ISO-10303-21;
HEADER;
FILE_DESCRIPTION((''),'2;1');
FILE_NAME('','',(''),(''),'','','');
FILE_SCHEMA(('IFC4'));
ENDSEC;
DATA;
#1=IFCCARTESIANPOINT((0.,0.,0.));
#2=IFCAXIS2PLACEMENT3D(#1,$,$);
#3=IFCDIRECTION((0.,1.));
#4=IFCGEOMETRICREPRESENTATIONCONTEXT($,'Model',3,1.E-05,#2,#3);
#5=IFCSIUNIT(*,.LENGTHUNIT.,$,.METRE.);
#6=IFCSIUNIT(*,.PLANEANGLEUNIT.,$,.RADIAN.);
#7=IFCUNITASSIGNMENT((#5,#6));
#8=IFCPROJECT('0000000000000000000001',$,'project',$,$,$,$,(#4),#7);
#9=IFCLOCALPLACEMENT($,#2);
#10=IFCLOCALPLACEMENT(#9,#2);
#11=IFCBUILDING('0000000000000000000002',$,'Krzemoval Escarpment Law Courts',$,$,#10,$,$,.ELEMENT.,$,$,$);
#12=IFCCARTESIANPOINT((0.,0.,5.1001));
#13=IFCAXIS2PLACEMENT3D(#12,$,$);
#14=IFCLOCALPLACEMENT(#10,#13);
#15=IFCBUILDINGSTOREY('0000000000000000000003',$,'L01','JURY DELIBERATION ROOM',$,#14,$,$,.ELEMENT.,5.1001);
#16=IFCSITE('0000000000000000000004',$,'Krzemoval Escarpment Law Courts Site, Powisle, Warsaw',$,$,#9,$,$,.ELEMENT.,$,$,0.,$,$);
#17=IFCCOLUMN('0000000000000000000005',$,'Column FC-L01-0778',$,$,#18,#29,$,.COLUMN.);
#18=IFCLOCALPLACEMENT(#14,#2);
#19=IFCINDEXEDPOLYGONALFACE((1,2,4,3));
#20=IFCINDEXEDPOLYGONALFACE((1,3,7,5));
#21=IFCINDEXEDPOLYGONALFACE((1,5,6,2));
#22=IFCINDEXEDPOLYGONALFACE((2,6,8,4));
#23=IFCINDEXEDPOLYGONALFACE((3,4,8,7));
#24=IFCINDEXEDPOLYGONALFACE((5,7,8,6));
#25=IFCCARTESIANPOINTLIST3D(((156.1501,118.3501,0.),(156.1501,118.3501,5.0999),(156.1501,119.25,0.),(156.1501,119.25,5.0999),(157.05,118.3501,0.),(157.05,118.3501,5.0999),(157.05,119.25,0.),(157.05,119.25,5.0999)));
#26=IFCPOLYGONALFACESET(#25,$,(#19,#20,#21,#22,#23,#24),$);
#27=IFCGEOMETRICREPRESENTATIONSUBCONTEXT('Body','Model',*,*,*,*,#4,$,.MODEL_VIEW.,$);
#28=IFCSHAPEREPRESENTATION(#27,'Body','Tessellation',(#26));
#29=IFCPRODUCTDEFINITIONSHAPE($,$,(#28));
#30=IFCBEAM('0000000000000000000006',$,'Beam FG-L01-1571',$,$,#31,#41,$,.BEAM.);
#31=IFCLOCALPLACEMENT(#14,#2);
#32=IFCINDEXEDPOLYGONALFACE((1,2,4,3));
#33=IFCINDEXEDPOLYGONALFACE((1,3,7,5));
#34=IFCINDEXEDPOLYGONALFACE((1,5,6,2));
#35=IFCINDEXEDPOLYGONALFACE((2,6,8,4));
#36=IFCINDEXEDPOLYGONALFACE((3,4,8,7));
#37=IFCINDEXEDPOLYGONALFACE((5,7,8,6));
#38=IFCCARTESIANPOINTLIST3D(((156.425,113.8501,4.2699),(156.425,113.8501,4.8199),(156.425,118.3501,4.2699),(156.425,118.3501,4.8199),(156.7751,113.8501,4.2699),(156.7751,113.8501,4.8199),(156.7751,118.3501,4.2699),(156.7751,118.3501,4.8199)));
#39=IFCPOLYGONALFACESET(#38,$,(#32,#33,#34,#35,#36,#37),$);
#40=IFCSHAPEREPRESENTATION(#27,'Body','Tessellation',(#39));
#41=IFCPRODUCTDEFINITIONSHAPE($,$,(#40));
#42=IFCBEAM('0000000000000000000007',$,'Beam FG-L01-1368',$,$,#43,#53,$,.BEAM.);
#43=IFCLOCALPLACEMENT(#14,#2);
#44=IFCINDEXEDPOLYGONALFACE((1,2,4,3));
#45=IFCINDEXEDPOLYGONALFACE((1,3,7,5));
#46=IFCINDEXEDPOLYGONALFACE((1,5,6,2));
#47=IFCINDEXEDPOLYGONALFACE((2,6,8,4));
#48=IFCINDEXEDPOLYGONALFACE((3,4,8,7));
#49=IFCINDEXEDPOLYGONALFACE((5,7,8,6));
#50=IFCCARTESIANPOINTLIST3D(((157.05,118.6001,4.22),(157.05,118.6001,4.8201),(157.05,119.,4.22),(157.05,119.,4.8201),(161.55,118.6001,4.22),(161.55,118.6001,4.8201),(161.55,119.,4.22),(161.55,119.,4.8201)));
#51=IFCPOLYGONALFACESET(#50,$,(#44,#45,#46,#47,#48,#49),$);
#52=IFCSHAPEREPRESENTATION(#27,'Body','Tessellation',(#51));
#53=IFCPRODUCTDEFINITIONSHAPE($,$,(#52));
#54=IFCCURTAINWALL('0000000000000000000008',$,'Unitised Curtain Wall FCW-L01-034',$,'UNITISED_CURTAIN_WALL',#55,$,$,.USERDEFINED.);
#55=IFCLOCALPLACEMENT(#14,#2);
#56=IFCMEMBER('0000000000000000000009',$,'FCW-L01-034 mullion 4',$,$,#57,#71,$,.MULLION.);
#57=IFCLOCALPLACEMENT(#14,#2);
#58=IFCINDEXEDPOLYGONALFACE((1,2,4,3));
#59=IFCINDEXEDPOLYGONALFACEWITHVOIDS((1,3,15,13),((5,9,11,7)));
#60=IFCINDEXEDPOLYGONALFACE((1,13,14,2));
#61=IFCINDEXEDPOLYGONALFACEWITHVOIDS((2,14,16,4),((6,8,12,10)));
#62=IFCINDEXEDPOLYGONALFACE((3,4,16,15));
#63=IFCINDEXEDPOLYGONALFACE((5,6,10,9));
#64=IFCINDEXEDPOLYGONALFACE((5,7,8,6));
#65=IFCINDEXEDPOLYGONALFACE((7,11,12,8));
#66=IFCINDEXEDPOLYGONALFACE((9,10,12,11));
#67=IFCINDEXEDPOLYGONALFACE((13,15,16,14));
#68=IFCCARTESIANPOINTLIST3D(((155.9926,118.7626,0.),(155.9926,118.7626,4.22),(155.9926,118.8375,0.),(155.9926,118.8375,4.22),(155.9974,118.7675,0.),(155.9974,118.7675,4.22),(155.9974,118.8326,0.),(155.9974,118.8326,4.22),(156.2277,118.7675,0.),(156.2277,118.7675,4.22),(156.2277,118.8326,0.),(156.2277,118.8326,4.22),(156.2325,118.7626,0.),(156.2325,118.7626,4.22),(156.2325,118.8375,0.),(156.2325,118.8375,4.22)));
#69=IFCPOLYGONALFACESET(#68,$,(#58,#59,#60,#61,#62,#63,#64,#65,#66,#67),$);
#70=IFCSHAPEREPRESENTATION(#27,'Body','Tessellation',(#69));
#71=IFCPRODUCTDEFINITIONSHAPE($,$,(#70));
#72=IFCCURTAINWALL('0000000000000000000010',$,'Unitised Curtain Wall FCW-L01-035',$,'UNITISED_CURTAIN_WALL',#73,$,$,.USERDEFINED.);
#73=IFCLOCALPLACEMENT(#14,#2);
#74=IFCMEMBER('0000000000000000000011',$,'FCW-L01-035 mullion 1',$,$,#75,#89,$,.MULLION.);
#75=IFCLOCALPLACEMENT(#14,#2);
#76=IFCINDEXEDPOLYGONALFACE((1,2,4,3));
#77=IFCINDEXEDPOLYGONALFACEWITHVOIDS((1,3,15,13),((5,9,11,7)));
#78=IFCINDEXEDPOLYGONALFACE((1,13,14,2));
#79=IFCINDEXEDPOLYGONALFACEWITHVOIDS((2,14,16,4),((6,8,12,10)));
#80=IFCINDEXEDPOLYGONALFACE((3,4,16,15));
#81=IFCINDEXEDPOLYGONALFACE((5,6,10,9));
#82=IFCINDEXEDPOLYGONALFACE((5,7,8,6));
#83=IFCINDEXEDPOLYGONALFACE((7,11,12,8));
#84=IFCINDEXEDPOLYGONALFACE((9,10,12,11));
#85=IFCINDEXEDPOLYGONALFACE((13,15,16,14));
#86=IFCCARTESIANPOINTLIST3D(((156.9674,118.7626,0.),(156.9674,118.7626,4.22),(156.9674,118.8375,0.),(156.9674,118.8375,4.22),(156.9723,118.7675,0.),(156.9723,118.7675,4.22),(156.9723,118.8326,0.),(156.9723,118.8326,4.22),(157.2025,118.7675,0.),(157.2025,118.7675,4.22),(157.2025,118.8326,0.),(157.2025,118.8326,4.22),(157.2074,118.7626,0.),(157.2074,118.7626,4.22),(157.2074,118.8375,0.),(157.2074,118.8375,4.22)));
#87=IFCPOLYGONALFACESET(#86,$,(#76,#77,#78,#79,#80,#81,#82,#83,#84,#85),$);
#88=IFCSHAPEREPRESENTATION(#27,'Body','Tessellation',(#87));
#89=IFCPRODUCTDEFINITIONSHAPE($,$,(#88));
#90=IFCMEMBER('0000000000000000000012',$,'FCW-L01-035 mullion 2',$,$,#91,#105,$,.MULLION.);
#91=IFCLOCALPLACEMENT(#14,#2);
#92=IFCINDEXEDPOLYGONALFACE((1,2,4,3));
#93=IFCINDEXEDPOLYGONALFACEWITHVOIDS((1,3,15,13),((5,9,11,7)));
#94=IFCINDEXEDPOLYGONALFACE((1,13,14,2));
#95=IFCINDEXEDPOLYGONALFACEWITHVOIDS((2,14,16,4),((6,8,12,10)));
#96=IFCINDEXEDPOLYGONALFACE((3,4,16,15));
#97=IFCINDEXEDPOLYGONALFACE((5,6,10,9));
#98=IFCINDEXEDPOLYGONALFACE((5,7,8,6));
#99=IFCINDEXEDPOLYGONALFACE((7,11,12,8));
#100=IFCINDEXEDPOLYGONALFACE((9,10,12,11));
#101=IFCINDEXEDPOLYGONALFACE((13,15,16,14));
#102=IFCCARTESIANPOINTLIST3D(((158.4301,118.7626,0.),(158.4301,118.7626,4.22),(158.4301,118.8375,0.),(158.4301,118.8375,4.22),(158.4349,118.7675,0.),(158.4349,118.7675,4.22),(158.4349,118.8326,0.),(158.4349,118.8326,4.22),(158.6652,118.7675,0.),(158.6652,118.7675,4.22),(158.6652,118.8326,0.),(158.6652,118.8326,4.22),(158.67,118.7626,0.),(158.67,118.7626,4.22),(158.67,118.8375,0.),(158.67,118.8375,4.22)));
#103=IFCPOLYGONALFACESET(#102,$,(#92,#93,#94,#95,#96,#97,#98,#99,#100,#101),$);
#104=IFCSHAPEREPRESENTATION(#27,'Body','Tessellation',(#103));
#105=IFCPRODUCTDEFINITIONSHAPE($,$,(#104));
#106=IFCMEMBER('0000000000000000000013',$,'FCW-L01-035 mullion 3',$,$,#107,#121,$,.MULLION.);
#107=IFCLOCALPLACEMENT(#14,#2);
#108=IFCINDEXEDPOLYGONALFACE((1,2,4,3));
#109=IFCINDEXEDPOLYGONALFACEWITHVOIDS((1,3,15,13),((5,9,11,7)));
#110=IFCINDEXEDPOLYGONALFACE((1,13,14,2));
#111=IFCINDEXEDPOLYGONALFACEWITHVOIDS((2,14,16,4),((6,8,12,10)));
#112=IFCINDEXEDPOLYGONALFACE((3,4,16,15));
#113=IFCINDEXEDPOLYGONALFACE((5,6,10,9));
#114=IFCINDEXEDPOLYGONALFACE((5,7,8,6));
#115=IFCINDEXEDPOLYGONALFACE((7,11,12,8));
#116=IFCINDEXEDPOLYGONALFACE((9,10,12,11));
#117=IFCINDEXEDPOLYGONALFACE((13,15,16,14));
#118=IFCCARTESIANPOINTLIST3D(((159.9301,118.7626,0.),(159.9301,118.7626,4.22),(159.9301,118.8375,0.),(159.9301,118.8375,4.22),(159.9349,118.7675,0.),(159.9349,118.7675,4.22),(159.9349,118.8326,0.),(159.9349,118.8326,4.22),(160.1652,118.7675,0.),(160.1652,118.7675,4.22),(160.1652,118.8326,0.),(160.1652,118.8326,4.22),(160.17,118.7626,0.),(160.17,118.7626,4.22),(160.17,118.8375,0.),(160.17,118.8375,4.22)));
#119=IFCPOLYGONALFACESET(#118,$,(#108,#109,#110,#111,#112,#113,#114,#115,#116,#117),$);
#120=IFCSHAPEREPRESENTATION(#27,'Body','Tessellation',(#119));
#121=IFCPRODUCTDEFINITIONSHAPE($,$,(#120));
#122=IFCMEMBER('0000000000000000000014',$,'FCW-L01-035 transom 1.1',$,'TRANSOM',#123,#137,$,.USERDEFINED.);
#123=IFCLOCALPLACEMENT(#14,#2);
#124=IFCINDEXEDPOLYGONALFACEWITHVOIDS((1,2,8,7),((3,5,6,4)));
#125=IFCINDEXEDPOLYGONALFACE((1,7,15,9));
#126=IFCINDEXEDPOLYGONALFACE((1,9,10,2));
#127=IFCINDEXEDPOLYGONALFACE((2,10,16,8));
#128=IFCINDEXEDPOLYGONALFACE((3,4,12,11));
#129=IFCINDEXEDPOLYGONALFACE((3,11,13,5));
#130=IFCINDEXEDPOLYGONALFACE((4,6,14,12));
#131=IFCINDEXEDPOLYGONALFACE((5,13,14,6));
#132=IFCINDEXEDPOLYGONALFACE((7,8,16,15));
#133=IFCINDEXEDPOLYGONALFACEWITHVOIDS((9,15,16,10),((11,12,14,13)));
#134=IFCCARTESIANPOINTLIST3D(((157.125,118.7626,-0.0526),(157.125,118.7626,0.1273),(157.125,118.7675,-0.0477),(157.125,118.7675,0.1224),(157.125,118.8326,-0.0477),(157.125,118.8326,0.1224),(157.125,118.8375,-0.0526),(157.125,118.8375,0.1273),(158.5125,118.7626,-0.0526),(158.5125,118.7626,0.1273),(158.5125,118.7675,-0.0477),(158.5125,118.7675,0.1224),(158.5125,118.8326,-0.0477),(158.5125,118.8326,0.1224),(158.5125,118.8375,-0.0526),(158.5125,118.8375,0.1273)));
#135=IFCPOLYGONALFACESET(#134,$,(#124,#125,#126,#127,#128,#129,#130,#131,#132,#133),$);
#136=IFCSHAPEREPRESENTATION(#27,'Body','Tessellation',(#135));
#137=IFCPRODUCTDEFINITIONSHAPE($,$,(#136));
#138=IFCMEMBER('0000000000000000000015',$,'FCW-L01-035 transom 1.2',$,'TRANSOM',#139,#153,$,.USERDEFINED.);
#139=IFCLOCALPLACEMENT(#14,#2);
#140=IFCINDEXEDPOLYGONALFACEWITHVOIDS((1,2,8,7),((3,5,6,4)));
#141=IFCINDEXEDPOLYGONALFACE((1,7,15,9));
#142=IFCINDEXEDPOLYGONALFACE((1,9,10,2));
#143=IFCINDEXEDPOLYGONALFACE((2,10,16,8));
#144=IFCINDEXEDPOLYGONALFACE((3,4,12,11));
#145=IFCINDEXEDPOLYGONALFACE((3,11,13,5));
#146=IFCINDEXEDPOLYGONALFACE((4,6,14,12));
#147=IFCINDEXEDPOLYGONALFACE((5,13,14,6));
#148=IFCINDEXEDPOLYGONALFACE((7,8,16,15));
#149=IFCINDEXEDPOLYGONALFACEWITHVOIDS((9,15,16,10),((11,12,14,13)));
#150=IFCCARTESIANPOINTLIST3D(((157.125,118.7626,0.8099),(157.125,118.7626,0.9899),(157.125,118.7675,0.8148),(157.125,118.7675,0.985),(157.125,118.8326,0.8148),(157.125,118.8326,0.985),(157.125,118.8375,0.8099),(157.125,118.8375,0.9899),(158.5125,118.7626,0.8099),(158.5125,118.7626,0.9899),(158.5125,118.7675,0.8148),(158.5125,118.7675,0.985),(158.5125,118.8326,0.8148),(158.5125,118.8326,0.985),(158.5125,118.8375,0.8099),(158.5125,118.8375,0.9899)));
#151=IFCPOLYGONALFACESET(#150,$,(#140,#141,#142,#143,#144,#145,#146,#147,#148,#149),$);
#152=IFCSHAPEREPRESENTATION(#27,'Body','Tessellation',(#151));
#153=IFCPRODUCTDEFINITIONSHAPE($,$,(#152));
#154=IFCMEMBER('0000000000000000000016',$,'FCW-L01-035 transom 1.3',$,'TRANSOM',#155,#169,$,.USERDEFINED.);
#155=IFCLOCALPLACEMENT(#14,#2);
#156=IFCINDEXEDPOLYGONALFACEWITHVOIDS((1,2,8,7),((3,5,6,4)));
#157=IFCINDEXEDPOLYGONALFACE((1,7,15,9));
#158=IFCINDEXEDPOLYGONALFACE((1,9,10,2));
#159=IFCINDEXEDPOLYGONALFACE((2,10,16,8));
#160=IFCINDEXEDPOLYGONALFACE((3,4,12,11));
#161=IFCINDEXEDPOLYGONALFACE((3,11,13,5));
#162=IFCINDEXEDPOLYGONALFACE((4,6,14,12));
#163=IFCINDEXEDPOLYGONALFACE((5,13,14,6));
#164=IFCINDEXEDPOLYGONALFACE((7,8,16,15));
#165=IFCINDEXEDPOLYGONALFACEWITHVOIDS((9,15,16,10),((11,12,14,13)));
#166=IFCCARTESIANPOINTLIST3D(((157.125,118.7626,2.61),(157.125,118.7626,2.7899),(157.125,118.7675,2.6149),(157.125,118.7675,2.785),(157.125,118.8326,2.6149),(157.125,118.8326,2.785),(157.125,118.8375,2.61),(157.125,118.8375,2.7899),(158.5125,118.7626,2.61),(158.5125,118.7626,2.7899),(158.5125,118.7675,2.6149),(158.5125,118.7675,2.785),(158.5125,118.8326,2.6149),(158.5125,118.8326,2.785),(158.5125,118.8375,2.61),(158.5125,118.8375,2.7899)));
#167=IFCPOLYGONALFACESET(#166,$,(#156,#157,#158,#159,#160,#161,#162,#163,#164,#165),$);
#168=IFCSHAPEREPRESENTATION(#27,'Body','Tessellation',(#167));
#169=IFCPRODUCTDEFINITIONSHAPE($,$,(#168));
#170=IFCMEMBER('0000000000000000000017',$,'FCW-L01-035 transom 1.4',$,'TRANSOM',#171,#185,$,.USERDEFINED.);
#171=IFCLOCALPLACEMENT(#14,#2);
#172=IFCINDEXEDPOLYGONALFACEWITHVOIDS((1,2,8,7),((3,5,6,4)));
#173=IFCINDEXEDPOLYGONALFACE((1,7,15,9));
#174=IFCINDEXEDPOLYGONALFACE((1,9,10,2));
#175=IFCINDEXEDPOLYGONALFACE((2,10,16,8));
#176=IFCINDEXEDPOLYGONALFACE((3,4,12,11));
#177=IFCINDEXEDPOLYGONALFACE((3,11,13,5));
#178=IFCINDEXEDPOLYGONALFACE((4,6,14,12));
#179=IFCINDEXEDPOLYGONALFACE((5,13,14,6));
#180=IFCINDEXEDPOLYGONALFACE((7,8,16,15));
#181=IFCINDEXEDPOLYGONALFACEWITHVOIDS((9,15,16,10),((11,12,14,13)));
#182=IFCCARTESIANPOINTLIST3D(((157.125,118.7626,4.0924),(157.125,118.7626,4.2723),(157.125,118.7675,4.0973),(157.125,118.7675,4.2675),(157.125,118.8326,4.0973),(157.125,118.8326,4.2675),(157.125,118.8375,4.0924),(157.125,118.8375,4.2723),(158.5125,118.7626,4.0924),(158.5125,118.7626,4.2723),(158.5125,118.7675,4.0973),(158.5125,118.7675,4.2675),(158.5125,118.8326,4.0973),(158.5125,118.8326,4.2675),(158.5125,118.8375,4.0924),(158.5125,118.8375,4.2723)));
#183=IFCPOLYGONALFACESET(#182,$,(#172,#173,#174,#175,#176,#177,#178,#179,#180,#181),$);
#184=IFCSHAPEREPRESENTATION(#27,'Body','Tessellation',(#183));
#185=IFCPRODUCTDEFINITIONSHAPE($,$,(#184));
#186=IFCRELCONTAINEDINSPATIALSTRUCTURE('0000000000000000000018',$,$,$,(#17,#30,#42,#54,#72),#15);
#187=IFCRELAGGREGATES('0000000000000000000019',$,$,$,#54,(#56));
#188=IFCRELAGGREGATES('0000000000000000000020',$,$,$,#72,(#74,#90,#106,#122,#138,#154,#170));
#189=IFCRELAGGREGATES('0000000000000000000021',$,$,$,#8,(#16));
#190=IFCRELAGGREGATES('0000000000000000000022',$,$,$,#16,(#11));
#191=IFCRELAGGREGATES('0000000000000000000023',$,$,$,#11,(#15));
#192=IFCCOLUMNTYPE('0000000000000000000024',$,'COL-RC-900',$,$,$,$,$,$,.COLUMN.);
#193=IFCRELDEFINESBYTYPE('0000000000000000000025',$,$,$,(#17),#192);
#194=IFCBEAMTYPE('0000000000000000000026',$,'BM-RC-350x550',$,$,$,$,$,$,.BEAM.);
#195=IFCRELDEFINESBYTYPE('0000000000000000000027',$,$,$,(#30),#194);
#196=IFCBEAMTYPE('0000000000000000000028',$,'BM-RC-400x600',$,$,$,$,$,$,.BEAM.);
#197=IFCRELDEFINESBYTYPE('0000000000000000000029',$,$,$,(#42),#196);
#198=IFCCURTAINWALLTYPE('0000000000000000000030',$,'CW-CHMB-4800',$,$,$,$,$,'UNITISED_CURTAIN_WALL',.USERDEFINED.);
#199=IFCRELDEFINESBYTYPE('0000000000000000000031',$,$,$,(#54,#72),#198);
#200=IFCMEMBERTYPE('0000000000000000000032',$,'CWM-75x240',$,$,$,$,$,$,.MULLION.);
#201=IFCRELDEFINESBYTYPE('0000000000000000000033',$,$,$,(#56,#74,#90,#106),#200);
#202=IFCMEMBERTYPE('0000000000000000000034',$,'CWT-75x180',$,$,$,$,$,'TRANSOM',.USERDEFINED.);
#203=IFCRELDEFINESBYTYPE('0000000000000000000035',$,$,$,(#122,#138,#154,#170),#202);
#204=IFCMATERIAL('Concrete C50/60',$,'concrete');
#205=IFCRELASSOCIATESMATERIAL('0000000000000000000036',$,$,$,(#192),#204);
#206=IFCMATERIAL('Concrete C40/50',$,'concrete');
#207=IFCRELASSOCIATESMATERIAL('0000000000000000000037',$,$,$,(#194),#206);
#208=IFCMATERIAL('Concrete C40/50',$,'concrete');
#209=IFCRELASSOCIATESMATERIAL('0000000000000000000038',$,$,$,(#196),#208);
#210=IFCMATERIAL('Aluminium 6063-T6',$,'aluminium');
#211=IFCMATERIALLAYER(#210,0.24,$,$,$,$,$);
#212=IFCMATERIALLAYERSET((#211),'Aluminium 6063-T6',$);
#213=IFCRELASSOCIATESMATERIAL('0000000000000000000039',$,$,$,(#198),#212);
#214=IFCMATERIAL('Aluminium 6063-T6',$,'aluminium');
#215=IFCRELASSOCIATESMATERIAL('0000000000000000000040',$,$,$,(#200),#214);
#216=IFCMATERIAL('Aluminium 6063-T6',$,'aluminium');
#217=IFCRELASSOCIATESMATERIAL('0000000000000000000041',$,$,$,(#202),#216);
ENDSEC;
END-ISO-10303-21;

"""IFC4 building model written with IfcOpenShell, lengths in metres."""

from ifc_helpers import new_model, si_unit, direction, frame, origin, origin_2d, place, context, subcontext, project, spatial, rectangle, hollow_rectangle, extrude, material, layer, layer_set, material_profile, profile_set, type_object, element, aggregate, save


model = new_model("IFC4")

# Units and contexts
model_context = context("Model", 3, precision=1e-05, world=origin(), true_north=direction((0.0, 1.0)))
body_context = subcontext(model_context, "Body", "Model", "MODEL_VIEW")
ifc_project = project(units=[si_unit("LENGTHUNIT", "METRE"), si_unit("PLANEANGLEUNIT", "RADIAN")], contexts=[model_context])

# Site, building, storey
site_placement = place(None, origin())
site = spatial("IfcSite", under=ifc_project, at=site_placement, Name="Krzemoval Escarpment Law Courts Site, Powisle, Warsaw", CompositionType="ELEMENT", RefElevation=0.0)
building_placement = place(site_placement, origin())
building = spatial("IfcBuilding", under=site, at=building_placement, Name="Krzemoval Escarpment Law Courts", CompositionType="ELEMENT")
storey_placement = place(building_placement, frame((0.0, 0.0, 5.1001)))
storey = spatial("IfcBuildingStorey", under=building, at=storey_placement, Name="L01", Description="JURY DELIBERATION ROOM", CompositionType="ELEMENT", Elevation=5.1001)

# Column
ifc_material_1 = material(Name="Concrete C50/60", Category="concrete")
ifc_material_profile_1 = material_profile(ifc_material_1, rectangle(XDim=0.8999, YDim=0.8999, at=origin_2d()), Name="RC 900x900")
ifc_profile_set_1 = profile_set([ifc_material_profile_1], Name="Concrete C50/60")
column_type = type_object("IfcColumnType", Name="COL-RC-900", PredefinedType="COLUMN", material=ifc_profile_set_1)
column_placement = place(storey_placement, frame((156.6001, 118.8, 0.0), z_axis=(0.0, 0.0, 1.0), x_axis=(1.0, 0.0, 0.0)))
element("IfcColumn", 1, at=column_placement, inside=storey, type_object=column_type, Name="Column FC-L01-0778", PredefinedType="COLUMN", context=body_context, shape_type="SweptSolid", body=[
    extrude(rectangle(XDim=0.8999, YDim=0.8999, at=origin_2d()), origin(), (0.0, 0.0, 1.0), 5.0999),
])

# Beams
ifc_material_2 = material(Name="Concrete C40/50", Category="concrete")
ifc_material_profile_2 = material_profile(ifc_material_2, rectangle(XDim=0.3501, YDim=0.55, at=origin_2d()), Name="RCB 350x550")
ifc_profile_set_2 = profile_set([ifc_material_profile_2], Name="Concrete C40/50")
beam_type_1 = type_object("IfcBeamType", Name="BM-RC-350x550", PredefinedType="BEAM", material=ifc_profile_set_2)
beam_1_placement = place(storey_placement, frame((156.6001, 113.8501, 4.5449), z_axis=(0.0, 1.0, 0.0), x_axis=(-1.0, 0.0, 0.0)))
element("IfcBeam", 2, at=beam_1_placement, inside=storey, type_object=beam_type_1, Name="Beam FG-L01-1571", PredefinedType="BEAM", context=body_context, shape_type="SweptSolid", body=[
    extrude(rectangle(XDim=0.3501, YDim=0.55, at=origin_2d()), origin(), (0.0, 0.0, 1.0), 4.5),
])
ifc_material_3 = material(Name="Concrete C40/50", Category="concrete")
ifc_material_profile_3 = material_profile(ifc_material_3, rectangle(XDim=0.3999, YDim=0.6001, at=origin_2d()), Name="RCB 400x600")
ifc_profile_set_3 = profile_set([ifc_material_profile_3], Name="Concrete C40/50")
beam_type_2 = type_object("IfcBeamType", Name="BM-RC-400x600", PredefinedType="BEAM", material=ifc_profile_set_3)
beam_2_placement = place(storey_placement, frame((157.05, 118.8, 4.52), z_axis=(1.0, 0.0, 0.0), x_axis=(0.0, 1.0, 0.0)))
element("IfcBeam", 3, at=beam_2_placement, inside=storey, type_object=beam_type_2, Name="Beam FG-L01-1368", PredefinedType="BEAM", context=body_context, shape_type="SweptSolid", body=[
    extrude(rectangle(XDim=0.3999, YDim=0.6001, at=origin_2d()), origin(), (0.0, 0.0, 1.0), 4.5),
])

# Curtain wall, member
ifc_material_4 = material(Name="Aluminium 6063-T6", Category="aluminium")
ifc_layer_1 = layer(ifc_material_4, 0.24)
ifc_layer_set_1 = layer_set([ifc_layer_1], Name="Aluminium 6063-T6")
curtain_wall_type = type_object("IfcCurtainWallType", Name="CW-CHMB-4800", ElementType="UNITISED_CURTAIN_WALL", PredefinedType="USERDEFINED", material=ifc_layer_set_1)
curtain_wall_1_placement = place(storey_placement, origin())
curtain_wall_1 = element("IfcCurtainWall", 4, at=curtain_wall_1_placement, inside=storey, type_object=curtain_wall_type, Name="Unitised Curtain Wall FCW-L01-034", ObjectType="UNITISED_CURTAIN_WALL", PredefinedType="USERDEFINED")
ifc_material_5 = material(Name="Aluminium 6063-T6", Category="aluminium")
ifc_material_profile_4 = material_profile(ifc_material_5, hollow_rectangle(XDim=0.075, YDim=0.24, WallThickness=0.0049, at=origin_2d()), Name="ALU M75x240")
ifc_profile_set_4 = profile_set([ifc_material_profile_4], Name="Aluminium 6063-T6")
member_type_1 = type_object("IfcMemberType", Name="CWM-75x240", PredefinedType="MULLION", material=ifc_profile_set_4)
member_1_placement = place(storey_placement, frame((156.1125, 118.8, 0.0), z_axis=(0.0, 0.0, 1.0), x_axis=(0.0, 1.0, 0.0)))
member_1 = element("IfcMember", 5, at=member_1_placement, type_object=member_type_1, Name="FCW-L01-034 mullion 4", PredefinedType="MULLION", context=body_context, shape_type="SweptSolid", body=[
    extrude(hollow_rectangle(XDim=0.075, YDim=0.24, WallThickness=0.0049, at=origin_2d()), origin(), (0.0, 0.0, 1.0), 4.22),
])

# Curtain wall, members
curtain_wall_2_placement = place(storey_placement, origin())
curtain_wall_2 = element("IfcCurtainWall", 6, at=curtain_wall_2_placement, inside=storey, type_object=curtain_wall_type, Name="Unitised Curtain Wall FCW-L01-035", ObjectType="UNITISED_CURTAIN_WALL", PredefinedType="USERDEFINED")
member_2_placement = place(storey_placement, frame((157.0874, 118.8, 0.0), z_axis=(0.0, 0.0, 1.0), x_axis=(0.0, 1.0, 0.0)))
member_2 = element("IfcMember", 7, at=member_2_placement, type_object=member_type_1, Name="FCW-L01-035 mullion 1", PredefinedType="MULLION", context=body_context, shape_type="SweptSolid", body=[
    extrude(hollow_rectangle(XDim=0.075, YDim=0.24, WallThickness=0.0049, at=origin_2d()), origin(), (0.0, 0.0, 1.0), 4.22),
])
member_3_placement = place(storey_placement, frame((158.55, 118.8, 0.0), z_axis=(0.0, 0.0, 1.0), x_axis=(0.0, 1.0, 0.0)))
member_3 = element("IfcMember", 8, at=member_3_placement, type_object=member_type_1, Name="FCW-L01-035 mullion 2", PredefinedType="MULLION", context=body_context, shape_type="SweptSolid", body=[
    extrude(hollow_rectangle(XDim=0.075, YDim=0.24, WallThickness=0.0049, at=origin_2d()), origin(), (0.0, 0.0, 1.0), 4.22),
])
member_4_placement = place(storey_placement, frame((160.05, 118.8, 0.0), z_axis=(0.0, 0.0, 1.0), x_axis=(0.0, 1.0, 0.0)))
member_4 = element("IfcMember", 9, at=member_4_placement, type_object=member_type_1, Name="FCW-L01-035 mullion 3", PredefinedType="MULLION", context=body_context, shape_type="SweptSolid", body=[
    extrude(hollow_rectangle(XDim=0.075, YDim=0.24, WallThickness=0.0049, at=origin_2d()), origin(), (0.0, 0.0, 1.0), 4.22),
])
ifc_material_6 = material(Name="Aluminium 6063-T6", Category="aluminium")
ifc_material_profile_5 = material_profile(ifc_material_6, hollow_rectangle(XDim=0.075, YDim=0.1799, WallThickness=0.0049, at=origin_2d()), Name="ALU T75x180")
ifc_profile_set_5 = profile_set([ifc_material_profile_5], Name="Aluminium 6063-T6")
member_type_2 = type_object("IfcMemberType", Name="CWT-75x180", ElementType="TRANSOM", PredefinedType="USERDEFINED", material=ifc_profile_set_5)
member_5_placement = place(storey_placement, frame((157.125, 118.8, 0.0374), z_axis=(1.0, 0.0, 0.0), x_axis=(0.0, 1.0, 0.0)))
member_5 = element("IfcMember", 10, at=member_5_placement, type_object=member_type_2, Name="FCW-L01-035 transom 1.1", ObjectType="TRANSOM", PredefinedType="USERDEFINED", context=body_context, shape_type="SweptSolid", body=[
    extrude(hollow_rectangle(XDim=0.075, YDim=0.1799, WallThickness=0.0049, at=origin_2d()), origin(), (0.0, 0.0, 1.0), 1.3875),
])
member_6_placement = place(storey_placement, frame((157.125, 118.8, 0.8999), z_axis=(1.0, 0.0, 0.0), x_axis=(0.0, 1.0, 0.0)))
member_6 = element("IfcMember", 11, at=member_6_placement, type_object=member_type_2, Name="FCW-L01-035 transom 1.2", ObjectType="TRANSOM", PredefinedType="USERDEFINED", context=body_context, shape_type="SweptSolid", body=[
    extrude(hollow_rectangle(XDim=0.075, YDim=0.1799, WallThickness=0.0049, at=origin_2d()), origin(), (0.0, 0.0, 1.0), 1.3875),
])
member_7_placement = place(storey_placement, frame((157.125, 118.8, 2.7), z_axis=(1.0, 0.0, 0.0), x_axis=(0.0, 1.0, 0.0)))
member_7 = element("IfcMember", 12, at=member_7_placement, type_object=member_type_2, Name="FCW-L01-035 transom 1.3", ObjectType="TRANSOM", PredefinedType="USERDEFINED", context=body_context, shape_type="SweptSolid", body=[
    extrude(hollow_rectangle(XDim=0.075, YDim=0.1799, WallThickness=0.0049, at=origin_2d()), origin(), (0.0, 0.0, 1.0), 1.3875),
])
member_8_placement = place(storey_placement, frame((157.125, 118.8, 4.1824), z_axis=(1.0, 0.0, 0.0), x_axis=(0.0, 1.0, 0.0)))
member_8 = element("IfcMember", 13, at=member_8_placement, type_object=member_type_2, Name="FCW-L01-035 transom 1.4", ObjectType="TRANSOM", PredefinedType="USERDEFINED", context=body_context, shape_type="SweptSolid", body=[
    extrude(hollow_rectangle(XDim=0.075, YDim=0.1799, WallThickness=0.0049, at=origin_2d()), origin(), (0.0, 0.0, 1.0), 1.3875),
])

aggregate(curtain_wall_1, [member_1])
aggregate(curtain_wall_2, [member_2, member_3, member_4, member_5, member_6, member_7, member_8])

save(model, "model.ifc")
